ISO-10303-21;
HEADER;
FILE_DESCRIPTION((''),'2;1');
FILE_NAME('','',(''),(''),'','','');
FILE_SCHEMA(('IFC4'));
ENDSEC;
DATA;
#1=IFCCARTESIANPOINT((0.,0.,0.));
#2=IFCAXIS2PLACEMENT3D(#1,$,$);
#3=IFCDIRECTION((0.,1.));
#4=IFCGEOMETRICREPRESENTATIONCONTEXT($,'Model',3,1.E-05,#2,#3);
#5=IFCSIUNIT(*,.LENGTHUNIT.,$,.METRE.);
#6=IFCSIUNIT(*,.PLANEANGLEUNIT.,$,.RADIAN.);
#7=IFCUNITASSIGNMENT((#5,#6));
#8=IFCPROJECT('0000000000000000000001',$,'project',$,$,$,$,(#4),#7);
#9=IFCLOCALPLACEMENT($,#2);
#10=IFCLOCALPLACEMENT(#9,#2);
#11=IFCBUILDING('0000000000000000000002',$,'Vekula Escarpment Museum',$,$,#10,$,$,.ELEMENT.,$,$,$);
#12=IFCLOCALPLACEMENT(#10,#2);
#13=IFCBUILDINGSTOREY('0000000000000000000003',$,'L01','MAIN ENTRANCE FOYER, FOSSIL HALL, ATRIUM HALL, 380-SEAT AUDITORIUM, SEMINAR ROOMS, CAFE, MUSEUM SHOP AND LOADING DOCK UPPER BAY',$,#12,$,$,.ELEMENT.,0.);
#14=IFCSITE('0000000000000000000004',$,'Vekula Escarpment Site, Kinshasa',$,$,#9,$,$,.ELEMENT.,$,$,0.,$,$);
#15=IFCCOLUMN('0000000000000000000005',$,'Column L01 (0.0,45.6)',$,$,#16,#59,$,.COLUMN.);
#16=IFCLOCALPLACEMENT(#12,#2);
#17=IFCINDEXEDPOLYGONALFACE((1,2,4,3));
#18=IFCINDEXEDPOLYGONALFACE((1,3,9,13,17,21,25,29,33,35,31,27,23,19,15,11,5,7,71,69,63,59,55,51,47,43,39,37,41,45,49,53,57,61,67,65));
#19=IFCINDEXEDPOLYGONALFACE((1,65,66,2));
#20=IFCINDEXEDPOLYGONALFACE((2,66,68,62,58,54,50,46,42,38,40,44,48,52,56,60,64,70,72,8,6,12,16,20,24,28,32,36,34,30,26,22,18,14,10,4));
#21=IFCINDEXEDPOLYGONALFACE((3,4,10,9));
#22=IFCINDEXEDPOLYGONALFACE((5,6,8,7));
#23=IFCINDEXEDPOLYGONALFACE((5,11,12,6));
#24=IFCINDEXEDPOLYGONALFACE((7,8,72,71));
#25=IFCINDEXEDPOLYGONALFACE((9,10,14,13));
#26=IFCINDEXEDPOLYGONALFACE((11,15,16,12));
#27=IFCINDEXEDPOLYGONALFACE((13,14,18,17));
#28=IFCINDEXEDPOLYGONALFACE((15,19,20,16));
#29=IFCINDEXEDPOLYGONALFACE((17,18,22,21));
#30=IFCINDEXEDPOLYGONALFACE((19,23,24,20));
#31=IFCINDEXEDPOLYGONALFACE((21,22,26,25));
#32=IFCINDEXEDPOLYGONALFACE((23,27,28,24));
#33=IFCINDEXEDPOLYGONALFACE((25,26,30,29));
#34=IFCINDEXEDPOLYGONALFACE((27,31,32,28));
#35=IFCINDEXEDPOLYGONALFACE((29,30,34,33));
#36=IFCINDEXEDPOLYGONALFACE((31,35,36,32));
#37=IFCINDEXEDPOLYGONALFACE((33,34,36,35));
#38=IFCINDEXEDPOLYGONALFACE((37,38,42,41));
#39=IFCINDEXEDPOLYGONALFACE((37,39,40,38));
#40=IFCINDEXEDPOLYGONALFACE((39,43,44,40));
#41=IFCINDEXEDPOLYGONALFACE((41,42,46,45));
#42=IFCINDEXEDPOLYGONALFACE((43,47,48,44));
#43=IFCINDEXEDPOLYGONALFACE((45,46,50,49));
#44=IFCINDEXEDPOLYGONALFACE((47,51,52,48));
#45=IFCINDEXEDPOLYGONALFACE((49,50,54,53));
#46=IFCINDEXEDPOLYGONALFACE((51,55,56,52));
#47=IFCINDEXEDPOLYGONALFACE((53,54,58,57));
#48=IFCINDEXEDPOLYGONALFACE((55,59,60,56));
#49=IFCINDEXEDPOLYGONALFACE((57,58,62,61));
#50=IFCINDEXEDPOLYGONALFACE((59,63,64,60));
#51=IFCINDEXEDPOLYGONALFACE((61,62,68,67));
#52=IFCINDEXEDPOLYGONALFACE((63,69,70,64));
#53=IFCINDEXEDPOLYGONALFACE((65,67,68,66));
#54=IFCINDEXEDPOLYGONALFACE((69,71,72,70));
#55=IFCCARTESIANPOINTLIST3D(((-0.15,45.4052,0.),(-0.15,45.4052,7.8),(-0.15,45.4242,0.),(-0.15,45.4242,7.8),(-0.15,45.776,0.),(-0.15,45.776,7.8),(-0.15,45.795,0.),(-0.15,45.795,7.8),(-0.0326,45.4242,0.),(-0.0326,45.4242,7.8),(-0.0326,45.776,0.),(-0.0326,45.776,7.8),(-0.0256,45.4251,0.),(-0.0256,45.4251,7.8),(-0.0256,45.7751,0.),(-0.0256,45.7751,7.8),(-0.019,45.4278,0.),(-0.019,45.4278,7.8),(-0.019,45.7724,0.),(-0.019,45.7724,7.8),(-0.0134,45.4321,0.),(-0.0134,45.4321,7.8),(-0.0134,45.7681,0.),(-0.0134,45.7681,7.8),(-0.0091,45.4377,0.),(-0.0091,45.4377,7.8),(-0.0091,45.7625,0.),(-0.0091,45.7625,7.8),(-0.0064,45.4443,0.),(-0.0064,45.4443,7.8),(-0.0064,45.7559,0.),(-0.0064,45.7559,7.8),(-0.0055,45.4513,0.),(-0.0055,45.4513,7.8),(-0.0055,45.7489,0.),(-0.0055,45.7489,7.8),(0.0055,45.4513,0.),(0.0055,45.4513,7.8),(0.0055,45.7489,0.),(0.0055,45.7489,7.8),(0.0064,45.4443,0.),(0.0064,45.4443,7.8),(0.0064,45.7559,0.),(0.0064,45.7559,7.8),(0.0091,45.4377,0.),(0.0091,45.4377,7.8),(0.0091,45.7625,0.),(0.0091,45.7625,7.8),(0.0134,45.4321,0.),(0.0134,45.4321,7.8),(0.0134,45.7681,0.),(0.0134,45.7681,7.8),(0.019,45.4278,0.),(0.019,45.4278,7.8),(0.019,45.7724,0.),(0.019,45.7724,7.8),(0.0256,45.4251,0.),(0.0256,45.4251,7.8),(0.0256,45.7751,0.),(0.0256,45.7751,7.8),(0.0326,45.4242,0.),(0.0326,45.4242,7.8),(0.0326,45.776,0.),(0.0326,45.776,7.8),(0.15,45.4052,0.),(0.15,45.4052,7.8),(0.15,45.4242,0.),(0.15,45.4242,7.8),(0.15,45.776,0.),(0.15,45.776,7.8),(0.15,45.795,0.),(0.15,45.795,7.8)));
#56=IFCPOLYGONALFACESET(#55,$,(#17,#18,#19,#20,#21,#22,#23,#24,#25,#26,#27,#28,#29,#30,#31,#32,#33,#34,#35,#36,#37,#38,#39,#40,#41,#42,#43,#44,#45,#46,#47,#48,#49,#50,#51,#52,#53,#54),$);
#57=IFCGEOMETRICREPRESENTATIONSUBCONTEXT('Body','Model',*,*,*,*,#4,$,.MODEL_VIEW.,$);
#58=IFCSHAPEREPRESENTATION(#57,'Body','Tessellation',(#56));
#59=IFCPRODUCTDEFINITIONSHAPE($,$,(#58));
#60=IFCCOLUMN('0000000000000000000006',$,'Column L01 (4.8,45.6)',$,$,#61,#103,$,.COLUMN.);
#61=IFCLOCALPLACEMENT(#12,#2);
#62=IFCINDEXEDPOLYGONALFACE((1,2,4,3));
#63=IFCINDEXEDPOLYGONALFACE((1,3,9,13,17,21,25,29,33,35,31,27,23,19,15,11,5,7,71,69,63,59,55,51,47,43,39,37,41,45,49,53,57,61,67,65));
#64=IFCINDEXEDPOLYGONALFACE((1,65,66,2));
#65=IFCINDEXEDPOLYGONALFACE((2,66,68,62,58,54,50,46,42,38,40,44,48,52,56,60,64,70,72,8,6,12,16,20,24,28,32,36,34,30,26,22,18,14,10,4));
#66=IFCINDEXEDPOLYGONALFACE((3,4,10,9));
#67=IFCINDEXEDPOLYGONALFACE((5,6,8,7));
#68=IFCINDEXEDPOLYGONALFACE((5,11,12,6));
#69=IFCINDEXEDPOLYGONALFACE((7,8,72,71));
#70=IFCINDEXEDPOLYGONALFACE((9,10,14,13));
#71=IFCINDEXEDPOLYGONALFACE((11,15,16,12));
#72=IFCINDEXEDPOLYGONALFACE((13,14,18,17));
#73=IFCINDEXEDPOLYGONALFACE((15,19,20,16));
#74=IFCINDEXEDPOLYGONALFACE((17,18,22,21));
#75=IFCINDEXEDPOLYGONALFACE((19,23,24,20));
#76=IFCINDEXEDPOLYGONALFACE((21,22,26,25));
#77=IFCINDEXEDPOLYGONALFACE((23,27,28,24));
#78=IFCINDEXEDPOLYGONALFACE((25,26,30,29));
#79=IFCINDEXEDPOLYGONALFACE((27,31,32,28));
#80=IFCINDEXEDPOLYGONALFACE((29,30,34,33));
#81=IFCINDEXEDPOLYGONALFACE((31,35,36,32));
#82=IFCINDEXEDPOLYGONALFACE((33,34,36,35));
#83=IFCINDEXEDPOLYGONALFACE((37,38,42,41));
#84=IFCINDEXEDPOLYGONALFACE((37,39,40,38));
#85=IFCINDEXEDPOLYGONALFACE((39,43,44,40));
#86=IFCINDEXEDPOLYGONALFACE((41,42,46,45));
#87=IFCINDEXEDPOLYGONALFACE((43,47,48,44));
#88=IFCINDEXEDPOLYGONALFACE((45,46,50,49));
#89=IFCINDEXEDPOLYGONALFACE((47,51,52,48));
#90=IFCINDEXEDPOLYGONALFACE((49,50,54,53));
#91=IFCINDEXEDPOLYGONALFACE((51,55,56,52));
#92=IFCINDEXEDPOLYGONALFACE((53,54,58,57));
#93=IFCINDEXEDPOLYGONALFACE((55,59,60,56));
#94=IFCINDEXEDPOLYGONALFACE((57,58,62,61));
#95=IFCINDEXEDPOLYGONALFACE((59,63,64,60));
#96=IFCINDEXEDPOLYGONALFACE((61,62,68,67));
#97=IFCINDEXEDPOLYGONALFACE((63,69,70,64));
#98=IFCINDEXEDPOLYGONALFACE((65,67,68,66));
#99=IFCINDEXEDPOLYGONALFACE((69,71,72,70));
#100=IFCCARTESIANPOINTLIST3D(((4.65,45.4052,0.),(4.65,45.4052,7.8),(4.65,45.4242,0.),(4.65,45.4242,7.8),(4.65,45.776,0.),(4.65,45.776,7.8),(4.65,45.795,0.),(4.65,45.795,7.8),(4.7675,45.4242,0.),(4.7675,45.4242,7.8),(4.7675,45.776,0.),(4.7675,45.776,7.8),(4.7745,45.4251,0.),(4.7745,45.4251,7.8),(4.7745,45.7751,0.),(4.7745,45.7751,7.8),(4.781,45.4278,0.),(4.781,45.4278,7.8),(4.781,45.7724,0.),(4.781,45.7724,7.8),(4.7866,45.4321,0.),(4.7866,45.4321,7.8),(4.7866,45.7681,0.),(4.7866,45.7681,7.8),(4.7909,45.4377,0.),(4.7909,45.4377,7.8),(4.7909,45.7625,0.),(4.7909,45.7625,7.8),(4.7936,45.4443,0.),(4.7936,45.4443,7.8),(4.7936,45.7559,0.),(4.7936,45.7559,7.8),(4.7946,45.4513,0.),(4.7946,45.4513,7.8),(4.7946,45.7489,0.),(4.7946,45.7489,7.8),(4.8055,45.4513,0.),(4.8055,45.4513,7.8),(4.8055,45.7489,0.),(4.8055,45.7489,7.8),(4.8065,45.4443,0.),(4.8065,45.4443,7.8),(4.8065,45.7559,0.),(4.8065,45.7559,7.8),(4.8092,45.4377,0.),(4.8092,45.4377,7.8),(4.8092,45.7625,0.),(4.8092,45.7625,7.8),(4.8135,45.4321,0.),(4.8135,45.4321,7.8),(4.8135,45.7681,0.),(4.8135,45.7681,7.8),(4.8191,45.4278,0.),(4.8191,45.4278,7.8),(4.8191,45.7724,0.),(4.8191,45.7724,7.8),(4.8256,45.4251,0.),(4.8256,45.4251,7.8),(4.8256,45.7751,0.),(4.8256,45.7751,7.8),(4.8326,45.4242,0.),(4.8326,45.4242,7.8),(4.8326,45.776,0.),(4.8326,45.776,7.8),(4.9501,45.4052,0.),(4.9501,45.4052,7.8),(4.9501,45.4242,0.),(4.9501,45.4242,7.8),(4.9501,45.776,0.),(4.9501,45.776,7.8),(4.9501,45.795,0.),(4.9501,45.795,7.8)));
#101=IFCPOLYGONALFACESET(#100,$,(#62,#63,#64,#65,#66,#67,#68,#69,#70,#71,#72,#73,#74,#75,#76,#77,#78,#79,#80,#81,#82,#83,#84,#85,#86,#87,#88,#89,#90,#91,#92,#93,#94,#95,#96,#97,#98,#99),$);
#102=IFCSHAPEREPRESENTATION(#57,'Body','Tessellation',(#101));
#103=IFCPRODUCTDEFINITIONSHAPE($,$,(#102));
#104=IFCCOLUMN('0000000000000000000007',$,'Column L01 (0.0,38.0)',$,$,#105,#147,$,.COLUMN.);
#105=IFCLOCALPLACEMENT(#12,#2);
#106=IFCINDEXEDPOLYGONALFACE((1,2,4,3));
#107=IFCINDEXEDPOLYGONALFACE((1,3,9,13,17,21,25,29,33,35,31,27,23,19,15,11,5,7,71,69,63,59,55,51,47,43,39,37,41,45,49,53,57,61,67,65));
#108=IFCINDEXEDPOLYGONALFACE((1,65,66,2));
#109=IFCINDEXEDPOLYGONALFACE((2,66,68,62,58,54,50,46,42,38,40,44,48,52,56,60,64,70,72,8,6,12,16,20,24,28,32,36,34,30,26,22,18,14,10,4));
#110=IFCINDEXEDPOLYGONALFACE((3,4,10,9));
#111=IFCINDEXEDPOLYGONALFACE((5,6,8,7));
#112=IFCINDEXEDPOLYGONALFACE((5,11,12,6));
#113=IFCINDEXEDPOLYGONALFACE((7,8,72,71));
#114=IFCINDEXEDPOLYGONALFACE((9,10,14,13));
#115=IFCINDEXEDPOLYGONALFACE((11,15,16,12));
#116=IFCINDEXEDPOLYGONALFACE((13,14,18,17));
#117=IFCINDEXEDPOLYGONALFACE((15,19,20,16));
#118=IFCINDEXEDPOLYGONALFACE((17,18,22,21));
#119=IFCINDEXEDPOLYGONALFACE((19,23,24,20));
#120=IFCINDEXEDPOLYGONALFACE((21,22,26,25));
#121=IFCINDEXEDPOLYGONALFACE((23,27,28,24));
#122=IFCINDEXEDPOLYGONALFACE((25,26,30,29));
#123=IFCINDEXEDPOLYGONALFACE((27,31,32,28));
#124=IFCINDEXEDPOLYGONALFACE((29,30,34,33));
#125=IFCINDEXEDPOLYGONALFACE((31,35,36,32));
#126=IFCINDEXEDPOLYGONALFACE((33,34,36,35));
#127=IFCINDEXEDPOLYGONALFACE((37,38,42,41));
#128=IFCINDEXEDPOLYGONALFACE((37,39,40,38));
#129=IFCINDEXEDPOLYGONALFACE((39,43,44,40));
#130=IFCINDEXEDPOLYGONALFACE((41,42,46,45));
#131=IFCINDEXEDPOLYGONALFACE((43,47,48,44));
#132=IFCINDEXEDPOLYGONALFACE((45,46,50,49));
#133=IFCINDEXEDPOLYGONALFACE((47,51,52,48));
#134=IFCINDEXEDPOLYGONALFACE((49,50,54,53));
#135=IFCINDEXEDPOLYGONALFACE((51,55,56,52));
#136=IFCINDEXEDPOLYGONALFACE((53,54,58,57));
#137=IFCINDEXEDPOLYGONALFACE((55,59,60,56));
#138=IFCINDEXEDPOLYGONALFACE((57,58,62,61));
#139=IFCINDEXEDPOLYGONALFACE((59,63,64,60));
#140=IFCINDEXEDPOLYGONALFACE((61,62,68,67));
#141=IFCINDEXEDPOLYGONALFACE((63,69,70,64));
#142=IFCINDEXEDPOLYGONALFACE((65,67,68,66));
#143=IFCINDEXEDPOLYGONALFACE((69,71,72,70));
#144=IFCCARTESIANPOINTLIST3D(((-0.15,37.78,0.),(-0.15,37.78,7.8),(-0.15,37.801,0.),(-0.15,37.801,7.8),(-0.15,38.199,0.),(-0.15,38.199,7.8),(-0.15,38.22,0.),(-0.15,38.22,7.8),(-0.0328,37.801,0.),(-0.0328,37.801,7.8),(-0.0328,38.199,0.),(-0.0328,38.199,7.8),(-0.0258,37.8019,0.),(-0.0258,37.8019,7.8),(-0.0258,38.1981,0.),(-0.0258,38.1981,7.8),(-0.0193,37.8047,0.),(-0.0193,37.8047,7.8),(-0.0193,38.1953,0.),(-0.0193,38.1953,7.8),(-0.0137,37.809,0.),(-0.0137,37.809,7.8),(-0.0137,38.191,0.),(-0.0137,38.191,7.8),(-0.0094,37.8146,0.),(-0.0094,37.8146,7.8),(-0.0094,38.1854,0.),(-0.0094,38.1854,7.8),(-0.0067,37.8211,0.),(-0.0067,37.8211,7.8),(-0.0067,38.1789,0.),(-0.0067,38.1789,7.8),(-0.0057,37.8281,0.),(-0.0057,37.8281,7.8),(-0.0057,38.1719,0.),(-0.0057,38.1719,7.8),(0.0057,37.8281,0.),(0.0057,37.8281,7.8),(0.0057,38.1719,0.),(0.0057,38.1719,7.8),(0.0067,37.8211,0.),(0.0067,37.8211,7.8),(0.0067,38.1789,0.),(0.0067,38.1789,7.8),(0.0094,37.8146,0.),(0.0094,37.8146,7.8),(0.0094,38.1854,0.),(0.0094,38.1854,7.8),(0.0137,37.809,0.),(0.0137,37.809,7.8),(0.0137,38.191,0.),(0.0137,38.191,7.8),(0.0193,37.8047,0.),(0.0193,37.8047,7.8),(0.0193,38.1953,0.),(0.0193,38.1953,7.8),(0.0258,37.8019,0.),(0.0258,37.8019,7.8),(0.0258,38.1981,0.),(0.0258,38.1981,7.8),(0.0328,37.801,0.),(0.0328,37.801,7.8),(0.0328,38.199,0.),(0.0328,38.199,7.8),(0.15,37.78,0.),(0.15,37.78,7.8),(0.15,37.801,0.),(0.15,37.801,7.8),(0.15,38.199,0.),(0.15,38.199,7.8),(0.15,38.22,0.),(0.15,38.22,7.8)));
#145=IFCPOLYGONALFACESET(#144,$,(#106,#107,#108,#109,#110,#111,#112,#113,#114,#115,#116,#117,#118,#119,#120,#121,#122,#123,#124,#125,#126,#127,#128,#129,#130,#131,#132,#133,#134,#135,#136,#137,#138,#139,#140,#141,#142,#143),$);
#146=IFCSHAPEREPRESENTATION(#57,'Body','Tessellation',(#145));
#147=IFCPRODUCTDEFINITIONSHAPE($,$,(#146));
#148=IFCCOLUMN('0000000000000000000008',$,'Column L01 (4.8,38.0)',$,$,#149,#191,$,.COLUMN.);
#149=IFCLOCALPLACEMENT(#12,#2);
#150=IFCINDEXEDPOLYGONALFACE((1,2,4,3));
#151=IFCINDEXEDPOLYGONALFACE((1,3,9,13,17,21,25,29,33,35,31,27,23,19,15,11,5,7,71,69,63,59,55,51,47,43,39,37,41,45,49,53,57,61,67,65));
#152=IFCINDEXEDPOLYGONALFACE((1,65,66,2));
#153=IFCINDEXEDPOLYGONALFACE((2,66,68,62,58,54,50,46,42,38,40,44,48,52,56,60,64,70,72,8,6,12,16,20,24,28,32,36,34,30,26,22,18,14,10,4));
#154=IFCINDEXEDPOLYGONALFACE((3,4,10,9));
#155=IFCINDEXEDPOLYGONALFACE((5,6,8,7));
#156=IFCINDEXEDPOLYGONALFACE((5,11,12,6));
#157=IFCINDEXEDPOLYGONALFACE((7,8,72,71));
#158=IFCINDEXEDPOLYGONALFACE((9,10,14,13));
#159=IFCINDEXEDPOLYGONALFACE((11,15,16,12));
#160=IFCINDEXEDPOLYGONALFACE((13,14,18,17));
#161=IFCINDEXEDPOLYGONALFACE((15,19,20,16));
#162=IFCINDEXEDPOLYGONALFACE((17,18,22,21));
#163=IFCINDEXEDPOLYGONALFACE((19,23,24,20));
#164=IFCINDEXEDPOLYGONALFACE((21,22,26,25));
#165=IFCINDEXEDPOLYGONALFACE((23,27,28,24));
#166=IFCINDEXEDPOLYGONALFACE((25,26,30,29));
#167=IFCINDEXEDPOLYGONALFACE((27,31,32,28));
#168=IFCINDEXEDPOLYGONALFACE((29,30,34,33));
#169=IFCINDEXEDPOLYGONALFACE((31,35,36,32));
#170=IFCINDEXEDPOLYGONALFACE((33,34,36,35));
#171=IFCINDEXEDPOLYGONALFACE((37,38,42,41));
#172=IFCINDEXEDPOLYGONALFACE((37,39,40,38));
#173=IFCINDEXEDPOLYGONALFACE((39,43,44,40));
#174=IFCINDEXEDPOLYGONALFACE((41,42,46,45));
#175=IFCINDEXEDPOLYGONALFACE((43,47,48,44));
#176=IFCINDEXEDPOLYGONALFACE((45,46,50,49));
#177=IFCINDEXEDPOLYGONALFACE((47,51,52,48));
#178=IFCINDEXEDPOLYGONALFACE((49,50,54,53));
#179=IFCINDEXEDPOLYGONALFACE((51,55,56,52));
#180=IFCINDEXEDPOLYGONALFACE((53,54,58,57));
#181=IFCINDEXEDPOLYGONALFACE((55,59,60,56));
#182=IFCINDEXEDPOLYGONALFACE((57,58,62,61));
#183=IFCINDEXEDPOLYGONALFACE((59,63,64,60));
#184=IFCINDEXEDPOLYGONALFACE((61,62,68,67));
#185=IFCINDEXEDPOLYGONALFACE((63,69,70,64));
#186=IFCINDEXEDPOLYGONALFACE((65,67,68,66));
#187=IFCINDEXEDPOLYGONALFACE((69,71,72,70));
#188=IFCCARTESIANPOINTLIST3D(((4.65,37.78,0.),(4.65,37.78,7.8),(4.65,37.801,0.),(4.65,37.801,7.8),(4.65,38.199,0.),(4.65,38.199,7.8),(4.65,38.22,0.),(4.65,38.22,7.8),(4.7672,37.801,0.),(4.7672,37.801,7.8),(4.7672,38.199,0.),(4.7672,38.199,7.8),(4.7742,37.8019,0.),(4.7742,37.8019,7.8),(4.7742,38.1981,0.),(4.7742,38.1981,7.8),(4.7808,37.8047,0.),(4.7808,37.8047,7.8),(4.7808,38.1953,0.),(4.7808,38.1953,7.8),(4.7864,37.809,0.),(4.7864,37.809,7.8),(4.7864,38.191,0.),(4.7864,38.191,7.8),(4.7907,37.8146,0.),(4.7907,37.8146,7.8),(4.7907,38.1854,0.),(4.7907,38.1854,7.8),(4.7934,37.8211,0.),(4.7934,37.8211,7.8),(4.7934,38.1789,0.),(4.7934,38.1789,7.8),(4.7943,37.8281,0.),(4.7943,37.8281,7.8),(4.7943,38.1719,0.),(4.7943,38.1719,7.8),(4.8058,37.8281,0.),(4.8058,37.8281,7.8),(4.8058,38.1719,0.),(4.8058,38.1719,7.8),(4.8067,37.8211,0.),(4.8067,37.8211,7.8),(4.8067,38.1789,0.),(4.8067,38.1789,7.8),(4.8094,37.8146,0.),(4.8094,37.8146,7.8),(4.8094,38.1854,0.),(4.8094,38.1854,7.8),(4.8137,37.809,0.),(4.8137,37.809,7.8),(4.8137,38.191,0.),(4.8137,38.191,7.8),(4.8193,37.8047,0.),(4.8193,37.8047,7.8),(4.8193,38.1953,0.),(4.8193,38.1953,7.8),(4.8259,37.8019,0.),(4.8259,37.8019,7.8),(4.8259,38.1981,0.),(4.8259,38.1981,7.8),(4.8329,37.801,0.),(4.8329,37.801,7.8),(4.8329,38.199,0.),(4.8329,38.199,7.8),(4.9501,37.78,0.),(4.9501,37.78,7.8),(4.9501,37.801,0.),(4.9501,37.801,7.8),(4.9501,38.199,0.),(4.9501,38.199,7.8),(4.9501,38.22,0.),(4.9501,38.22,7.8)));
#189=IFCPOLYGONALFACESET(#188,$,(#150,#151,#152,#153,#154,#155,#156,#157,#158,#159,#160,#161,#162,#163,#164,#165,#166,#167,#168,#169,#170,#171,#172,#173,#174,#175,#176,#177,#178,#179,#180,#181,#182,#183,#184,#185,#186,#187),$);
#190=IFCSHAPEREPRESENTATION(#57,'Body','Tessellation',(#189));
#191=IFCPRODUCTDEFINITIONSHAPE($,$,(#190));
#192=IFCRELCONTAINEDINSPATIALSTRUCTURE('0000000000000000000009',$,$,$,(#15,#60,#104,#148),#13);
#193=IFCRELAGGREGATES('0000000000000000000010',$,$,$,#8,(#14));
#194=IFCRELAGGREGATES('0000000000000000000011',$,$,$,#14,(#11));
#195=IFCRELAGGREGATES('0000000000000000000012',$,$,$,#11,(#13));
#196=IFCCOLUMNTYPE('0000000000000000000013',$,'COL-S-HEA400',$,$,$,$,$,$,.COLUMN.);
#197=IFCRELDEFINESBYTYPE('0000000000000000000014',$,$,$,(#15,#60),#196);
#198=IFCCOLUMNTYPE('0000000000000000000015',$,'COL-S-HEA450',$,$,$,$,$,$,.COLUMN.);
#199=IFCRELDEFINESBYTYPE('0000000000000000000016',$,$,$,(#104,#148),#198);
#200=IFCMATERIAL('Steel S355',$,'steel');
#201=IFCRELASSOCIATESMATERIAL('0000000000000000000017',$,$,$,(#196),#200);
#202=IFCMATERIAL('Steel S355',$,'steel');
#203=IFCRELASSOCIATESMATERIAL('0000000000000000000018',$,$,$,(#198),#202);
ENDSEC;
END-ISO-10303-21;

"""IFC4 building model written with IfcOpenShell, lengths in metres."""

from ifc_helpers import new_model, si_unit, direction, frame, origin, origin_2d, place, context, subcontext, project, spatial, i_section, extrude, material, material_profile, profile_set, type_object, element, save


model = new_model("IFC4")

# Units and contexts
model_context = context("Model", 3, precision=1e-05, world=origin(), true_north=direction((0.0, 1.0)))
body_context = subcontext(model_context, "Body", "Model", "MODEL_VIEW")
ifc_project = project(units=[si_unit("LENGTHUNIT", "METRE"), si_unit("PLANEANGLEUNIT", "RADIAN")], contexts=[model_context])

# Site, building, storey
site_placement = place(None, origin())
site = spatial("IfcSite", under=ifc_project, at=site_placement, Name="Vekula Escarpment Site, Kinshasa", CompositionType="ELEMENT", RefElevation=0.0)
building_placement = place(site_placement, origin())
building = spatial("IfcBuilding", under=site, at=building_placement, Name="Vekula Escarpment Museum", CompositionType="ELEMENT")
storey_placement = place(building_placement, origin())
storey = spatial("IfcBuildingStorey", under=building, at=storey_placement, Name="L01", Description="MAIN ENTRANCE FOYER, FOSSIL HALL, ATRIUM HALL, 380-SEAT AUDITORIUM, SEMINAR ROOMS, CAFE, MUSEUM SHOP AND LOADING DOCK UPPER BAY", CompositionType="ELEMENT", Elevation=0.0)

# Columns
ifc_material_1 = material(Name="Steel S355", Category="steel")
ifc_material_profile_1 = material_profile(ifc_material_1, i_section(OverallWidth=0.3, OverallDepth=0.3899, WebThickness=0.011, FlangeThickness=0.019, FilletRadius=0.0271, at=origin_2d()), Name="HEA 400")
ifc_profile_set_1 = profile_set([ifc_material_profile_1], Name="Steel S355")
column_type_1 = type_object("IfcColumnType", Name="COL-S-HEA400", PredefinedType="COLUMN", material=ifc_profile_set_1)
for number, where, z_axis, x_axis, name in (
    (1, (0.0, 45.6001, 0.0), (0.0, 0.0, 1.0), (1.0, 0.0, 0.0), "Column L01 (0.0,45.6)"),
    (2, (4.8, 45.6001, 0.0), (0.0, 0.0, 1.0), (1.0, 0.0, 0.0), "Column L01 (4.8,45.6)"),
):
    element("IfcColumn", number, at=place(storey_placement, frame(where, z_axis=z_axis, x_axis=x_axis)), inside=storey, type_object=column_type_1, Name=name, PredefinedType="COLUMN", context=body_context, shape_type="SweptSolid", body=[
        extrude(i_section(OverallWidth=0.3, OverallDepth=0.3899, WebThickness=0.011, FlangeThickness=0.019, FilletRadius=0.0271, at=origin_2d()), origin(), (0.0, 0.0, 1.0), 7.8),
    ])
ifc_material_2 = material(Name="Steel S355", Category="steel")
ifc_material_profile_2 = material_profile(ifc_material_2, i_section(OverallWidth=0.3, OverallDepth=0.4399, WebThickness=0.0115, FlangeThickness=0.021, FilletRadius=0.0271, at=origin_2d()), Name="HEA 450")
ifc_profile_set_2 = profile_set([ifc_material_profile_2], Name="Steel S355")
column_type_2 = type_object("IfcColumnType", Name="COL-S-HEA450", PredefinedType="COLUMN", material=ifc_profile_set_2)
for number, where, z_axis, x_axis, name in (
    (3, (0.0, 38.0, 0.0), (0.0, 0.0, 1.0), (1.0, 0.0, 0.0), "Column L01 (0.0,38.0)"),
    (4, (4.8, 38.0, 0.0), (0.0, 0.0, 1.0), (1.0, 0.0, 0.0), "Column L01 (4.8,38.0)"),
):
    element("IfcColumn", number, at=place(storey_placement, frame(where, z_axis=z_axis, x_axis=x_axis)), inside=storey, type_object=column_type_2, Name=name, PredefinedType="COLUMN", context=body_context, shape_type="SweptSolid", body=[
        extrude(i_section(OverallWidth=0.3, OverallDepth=0.4399, WebThickness=0.0115, FlangeThickness=0.021, FilletRadius=0.0271, at=origin_2d()), origin(), (0.0, 0.0, 1.0), 7.8),
    ])

save(model, "model.ifc")
